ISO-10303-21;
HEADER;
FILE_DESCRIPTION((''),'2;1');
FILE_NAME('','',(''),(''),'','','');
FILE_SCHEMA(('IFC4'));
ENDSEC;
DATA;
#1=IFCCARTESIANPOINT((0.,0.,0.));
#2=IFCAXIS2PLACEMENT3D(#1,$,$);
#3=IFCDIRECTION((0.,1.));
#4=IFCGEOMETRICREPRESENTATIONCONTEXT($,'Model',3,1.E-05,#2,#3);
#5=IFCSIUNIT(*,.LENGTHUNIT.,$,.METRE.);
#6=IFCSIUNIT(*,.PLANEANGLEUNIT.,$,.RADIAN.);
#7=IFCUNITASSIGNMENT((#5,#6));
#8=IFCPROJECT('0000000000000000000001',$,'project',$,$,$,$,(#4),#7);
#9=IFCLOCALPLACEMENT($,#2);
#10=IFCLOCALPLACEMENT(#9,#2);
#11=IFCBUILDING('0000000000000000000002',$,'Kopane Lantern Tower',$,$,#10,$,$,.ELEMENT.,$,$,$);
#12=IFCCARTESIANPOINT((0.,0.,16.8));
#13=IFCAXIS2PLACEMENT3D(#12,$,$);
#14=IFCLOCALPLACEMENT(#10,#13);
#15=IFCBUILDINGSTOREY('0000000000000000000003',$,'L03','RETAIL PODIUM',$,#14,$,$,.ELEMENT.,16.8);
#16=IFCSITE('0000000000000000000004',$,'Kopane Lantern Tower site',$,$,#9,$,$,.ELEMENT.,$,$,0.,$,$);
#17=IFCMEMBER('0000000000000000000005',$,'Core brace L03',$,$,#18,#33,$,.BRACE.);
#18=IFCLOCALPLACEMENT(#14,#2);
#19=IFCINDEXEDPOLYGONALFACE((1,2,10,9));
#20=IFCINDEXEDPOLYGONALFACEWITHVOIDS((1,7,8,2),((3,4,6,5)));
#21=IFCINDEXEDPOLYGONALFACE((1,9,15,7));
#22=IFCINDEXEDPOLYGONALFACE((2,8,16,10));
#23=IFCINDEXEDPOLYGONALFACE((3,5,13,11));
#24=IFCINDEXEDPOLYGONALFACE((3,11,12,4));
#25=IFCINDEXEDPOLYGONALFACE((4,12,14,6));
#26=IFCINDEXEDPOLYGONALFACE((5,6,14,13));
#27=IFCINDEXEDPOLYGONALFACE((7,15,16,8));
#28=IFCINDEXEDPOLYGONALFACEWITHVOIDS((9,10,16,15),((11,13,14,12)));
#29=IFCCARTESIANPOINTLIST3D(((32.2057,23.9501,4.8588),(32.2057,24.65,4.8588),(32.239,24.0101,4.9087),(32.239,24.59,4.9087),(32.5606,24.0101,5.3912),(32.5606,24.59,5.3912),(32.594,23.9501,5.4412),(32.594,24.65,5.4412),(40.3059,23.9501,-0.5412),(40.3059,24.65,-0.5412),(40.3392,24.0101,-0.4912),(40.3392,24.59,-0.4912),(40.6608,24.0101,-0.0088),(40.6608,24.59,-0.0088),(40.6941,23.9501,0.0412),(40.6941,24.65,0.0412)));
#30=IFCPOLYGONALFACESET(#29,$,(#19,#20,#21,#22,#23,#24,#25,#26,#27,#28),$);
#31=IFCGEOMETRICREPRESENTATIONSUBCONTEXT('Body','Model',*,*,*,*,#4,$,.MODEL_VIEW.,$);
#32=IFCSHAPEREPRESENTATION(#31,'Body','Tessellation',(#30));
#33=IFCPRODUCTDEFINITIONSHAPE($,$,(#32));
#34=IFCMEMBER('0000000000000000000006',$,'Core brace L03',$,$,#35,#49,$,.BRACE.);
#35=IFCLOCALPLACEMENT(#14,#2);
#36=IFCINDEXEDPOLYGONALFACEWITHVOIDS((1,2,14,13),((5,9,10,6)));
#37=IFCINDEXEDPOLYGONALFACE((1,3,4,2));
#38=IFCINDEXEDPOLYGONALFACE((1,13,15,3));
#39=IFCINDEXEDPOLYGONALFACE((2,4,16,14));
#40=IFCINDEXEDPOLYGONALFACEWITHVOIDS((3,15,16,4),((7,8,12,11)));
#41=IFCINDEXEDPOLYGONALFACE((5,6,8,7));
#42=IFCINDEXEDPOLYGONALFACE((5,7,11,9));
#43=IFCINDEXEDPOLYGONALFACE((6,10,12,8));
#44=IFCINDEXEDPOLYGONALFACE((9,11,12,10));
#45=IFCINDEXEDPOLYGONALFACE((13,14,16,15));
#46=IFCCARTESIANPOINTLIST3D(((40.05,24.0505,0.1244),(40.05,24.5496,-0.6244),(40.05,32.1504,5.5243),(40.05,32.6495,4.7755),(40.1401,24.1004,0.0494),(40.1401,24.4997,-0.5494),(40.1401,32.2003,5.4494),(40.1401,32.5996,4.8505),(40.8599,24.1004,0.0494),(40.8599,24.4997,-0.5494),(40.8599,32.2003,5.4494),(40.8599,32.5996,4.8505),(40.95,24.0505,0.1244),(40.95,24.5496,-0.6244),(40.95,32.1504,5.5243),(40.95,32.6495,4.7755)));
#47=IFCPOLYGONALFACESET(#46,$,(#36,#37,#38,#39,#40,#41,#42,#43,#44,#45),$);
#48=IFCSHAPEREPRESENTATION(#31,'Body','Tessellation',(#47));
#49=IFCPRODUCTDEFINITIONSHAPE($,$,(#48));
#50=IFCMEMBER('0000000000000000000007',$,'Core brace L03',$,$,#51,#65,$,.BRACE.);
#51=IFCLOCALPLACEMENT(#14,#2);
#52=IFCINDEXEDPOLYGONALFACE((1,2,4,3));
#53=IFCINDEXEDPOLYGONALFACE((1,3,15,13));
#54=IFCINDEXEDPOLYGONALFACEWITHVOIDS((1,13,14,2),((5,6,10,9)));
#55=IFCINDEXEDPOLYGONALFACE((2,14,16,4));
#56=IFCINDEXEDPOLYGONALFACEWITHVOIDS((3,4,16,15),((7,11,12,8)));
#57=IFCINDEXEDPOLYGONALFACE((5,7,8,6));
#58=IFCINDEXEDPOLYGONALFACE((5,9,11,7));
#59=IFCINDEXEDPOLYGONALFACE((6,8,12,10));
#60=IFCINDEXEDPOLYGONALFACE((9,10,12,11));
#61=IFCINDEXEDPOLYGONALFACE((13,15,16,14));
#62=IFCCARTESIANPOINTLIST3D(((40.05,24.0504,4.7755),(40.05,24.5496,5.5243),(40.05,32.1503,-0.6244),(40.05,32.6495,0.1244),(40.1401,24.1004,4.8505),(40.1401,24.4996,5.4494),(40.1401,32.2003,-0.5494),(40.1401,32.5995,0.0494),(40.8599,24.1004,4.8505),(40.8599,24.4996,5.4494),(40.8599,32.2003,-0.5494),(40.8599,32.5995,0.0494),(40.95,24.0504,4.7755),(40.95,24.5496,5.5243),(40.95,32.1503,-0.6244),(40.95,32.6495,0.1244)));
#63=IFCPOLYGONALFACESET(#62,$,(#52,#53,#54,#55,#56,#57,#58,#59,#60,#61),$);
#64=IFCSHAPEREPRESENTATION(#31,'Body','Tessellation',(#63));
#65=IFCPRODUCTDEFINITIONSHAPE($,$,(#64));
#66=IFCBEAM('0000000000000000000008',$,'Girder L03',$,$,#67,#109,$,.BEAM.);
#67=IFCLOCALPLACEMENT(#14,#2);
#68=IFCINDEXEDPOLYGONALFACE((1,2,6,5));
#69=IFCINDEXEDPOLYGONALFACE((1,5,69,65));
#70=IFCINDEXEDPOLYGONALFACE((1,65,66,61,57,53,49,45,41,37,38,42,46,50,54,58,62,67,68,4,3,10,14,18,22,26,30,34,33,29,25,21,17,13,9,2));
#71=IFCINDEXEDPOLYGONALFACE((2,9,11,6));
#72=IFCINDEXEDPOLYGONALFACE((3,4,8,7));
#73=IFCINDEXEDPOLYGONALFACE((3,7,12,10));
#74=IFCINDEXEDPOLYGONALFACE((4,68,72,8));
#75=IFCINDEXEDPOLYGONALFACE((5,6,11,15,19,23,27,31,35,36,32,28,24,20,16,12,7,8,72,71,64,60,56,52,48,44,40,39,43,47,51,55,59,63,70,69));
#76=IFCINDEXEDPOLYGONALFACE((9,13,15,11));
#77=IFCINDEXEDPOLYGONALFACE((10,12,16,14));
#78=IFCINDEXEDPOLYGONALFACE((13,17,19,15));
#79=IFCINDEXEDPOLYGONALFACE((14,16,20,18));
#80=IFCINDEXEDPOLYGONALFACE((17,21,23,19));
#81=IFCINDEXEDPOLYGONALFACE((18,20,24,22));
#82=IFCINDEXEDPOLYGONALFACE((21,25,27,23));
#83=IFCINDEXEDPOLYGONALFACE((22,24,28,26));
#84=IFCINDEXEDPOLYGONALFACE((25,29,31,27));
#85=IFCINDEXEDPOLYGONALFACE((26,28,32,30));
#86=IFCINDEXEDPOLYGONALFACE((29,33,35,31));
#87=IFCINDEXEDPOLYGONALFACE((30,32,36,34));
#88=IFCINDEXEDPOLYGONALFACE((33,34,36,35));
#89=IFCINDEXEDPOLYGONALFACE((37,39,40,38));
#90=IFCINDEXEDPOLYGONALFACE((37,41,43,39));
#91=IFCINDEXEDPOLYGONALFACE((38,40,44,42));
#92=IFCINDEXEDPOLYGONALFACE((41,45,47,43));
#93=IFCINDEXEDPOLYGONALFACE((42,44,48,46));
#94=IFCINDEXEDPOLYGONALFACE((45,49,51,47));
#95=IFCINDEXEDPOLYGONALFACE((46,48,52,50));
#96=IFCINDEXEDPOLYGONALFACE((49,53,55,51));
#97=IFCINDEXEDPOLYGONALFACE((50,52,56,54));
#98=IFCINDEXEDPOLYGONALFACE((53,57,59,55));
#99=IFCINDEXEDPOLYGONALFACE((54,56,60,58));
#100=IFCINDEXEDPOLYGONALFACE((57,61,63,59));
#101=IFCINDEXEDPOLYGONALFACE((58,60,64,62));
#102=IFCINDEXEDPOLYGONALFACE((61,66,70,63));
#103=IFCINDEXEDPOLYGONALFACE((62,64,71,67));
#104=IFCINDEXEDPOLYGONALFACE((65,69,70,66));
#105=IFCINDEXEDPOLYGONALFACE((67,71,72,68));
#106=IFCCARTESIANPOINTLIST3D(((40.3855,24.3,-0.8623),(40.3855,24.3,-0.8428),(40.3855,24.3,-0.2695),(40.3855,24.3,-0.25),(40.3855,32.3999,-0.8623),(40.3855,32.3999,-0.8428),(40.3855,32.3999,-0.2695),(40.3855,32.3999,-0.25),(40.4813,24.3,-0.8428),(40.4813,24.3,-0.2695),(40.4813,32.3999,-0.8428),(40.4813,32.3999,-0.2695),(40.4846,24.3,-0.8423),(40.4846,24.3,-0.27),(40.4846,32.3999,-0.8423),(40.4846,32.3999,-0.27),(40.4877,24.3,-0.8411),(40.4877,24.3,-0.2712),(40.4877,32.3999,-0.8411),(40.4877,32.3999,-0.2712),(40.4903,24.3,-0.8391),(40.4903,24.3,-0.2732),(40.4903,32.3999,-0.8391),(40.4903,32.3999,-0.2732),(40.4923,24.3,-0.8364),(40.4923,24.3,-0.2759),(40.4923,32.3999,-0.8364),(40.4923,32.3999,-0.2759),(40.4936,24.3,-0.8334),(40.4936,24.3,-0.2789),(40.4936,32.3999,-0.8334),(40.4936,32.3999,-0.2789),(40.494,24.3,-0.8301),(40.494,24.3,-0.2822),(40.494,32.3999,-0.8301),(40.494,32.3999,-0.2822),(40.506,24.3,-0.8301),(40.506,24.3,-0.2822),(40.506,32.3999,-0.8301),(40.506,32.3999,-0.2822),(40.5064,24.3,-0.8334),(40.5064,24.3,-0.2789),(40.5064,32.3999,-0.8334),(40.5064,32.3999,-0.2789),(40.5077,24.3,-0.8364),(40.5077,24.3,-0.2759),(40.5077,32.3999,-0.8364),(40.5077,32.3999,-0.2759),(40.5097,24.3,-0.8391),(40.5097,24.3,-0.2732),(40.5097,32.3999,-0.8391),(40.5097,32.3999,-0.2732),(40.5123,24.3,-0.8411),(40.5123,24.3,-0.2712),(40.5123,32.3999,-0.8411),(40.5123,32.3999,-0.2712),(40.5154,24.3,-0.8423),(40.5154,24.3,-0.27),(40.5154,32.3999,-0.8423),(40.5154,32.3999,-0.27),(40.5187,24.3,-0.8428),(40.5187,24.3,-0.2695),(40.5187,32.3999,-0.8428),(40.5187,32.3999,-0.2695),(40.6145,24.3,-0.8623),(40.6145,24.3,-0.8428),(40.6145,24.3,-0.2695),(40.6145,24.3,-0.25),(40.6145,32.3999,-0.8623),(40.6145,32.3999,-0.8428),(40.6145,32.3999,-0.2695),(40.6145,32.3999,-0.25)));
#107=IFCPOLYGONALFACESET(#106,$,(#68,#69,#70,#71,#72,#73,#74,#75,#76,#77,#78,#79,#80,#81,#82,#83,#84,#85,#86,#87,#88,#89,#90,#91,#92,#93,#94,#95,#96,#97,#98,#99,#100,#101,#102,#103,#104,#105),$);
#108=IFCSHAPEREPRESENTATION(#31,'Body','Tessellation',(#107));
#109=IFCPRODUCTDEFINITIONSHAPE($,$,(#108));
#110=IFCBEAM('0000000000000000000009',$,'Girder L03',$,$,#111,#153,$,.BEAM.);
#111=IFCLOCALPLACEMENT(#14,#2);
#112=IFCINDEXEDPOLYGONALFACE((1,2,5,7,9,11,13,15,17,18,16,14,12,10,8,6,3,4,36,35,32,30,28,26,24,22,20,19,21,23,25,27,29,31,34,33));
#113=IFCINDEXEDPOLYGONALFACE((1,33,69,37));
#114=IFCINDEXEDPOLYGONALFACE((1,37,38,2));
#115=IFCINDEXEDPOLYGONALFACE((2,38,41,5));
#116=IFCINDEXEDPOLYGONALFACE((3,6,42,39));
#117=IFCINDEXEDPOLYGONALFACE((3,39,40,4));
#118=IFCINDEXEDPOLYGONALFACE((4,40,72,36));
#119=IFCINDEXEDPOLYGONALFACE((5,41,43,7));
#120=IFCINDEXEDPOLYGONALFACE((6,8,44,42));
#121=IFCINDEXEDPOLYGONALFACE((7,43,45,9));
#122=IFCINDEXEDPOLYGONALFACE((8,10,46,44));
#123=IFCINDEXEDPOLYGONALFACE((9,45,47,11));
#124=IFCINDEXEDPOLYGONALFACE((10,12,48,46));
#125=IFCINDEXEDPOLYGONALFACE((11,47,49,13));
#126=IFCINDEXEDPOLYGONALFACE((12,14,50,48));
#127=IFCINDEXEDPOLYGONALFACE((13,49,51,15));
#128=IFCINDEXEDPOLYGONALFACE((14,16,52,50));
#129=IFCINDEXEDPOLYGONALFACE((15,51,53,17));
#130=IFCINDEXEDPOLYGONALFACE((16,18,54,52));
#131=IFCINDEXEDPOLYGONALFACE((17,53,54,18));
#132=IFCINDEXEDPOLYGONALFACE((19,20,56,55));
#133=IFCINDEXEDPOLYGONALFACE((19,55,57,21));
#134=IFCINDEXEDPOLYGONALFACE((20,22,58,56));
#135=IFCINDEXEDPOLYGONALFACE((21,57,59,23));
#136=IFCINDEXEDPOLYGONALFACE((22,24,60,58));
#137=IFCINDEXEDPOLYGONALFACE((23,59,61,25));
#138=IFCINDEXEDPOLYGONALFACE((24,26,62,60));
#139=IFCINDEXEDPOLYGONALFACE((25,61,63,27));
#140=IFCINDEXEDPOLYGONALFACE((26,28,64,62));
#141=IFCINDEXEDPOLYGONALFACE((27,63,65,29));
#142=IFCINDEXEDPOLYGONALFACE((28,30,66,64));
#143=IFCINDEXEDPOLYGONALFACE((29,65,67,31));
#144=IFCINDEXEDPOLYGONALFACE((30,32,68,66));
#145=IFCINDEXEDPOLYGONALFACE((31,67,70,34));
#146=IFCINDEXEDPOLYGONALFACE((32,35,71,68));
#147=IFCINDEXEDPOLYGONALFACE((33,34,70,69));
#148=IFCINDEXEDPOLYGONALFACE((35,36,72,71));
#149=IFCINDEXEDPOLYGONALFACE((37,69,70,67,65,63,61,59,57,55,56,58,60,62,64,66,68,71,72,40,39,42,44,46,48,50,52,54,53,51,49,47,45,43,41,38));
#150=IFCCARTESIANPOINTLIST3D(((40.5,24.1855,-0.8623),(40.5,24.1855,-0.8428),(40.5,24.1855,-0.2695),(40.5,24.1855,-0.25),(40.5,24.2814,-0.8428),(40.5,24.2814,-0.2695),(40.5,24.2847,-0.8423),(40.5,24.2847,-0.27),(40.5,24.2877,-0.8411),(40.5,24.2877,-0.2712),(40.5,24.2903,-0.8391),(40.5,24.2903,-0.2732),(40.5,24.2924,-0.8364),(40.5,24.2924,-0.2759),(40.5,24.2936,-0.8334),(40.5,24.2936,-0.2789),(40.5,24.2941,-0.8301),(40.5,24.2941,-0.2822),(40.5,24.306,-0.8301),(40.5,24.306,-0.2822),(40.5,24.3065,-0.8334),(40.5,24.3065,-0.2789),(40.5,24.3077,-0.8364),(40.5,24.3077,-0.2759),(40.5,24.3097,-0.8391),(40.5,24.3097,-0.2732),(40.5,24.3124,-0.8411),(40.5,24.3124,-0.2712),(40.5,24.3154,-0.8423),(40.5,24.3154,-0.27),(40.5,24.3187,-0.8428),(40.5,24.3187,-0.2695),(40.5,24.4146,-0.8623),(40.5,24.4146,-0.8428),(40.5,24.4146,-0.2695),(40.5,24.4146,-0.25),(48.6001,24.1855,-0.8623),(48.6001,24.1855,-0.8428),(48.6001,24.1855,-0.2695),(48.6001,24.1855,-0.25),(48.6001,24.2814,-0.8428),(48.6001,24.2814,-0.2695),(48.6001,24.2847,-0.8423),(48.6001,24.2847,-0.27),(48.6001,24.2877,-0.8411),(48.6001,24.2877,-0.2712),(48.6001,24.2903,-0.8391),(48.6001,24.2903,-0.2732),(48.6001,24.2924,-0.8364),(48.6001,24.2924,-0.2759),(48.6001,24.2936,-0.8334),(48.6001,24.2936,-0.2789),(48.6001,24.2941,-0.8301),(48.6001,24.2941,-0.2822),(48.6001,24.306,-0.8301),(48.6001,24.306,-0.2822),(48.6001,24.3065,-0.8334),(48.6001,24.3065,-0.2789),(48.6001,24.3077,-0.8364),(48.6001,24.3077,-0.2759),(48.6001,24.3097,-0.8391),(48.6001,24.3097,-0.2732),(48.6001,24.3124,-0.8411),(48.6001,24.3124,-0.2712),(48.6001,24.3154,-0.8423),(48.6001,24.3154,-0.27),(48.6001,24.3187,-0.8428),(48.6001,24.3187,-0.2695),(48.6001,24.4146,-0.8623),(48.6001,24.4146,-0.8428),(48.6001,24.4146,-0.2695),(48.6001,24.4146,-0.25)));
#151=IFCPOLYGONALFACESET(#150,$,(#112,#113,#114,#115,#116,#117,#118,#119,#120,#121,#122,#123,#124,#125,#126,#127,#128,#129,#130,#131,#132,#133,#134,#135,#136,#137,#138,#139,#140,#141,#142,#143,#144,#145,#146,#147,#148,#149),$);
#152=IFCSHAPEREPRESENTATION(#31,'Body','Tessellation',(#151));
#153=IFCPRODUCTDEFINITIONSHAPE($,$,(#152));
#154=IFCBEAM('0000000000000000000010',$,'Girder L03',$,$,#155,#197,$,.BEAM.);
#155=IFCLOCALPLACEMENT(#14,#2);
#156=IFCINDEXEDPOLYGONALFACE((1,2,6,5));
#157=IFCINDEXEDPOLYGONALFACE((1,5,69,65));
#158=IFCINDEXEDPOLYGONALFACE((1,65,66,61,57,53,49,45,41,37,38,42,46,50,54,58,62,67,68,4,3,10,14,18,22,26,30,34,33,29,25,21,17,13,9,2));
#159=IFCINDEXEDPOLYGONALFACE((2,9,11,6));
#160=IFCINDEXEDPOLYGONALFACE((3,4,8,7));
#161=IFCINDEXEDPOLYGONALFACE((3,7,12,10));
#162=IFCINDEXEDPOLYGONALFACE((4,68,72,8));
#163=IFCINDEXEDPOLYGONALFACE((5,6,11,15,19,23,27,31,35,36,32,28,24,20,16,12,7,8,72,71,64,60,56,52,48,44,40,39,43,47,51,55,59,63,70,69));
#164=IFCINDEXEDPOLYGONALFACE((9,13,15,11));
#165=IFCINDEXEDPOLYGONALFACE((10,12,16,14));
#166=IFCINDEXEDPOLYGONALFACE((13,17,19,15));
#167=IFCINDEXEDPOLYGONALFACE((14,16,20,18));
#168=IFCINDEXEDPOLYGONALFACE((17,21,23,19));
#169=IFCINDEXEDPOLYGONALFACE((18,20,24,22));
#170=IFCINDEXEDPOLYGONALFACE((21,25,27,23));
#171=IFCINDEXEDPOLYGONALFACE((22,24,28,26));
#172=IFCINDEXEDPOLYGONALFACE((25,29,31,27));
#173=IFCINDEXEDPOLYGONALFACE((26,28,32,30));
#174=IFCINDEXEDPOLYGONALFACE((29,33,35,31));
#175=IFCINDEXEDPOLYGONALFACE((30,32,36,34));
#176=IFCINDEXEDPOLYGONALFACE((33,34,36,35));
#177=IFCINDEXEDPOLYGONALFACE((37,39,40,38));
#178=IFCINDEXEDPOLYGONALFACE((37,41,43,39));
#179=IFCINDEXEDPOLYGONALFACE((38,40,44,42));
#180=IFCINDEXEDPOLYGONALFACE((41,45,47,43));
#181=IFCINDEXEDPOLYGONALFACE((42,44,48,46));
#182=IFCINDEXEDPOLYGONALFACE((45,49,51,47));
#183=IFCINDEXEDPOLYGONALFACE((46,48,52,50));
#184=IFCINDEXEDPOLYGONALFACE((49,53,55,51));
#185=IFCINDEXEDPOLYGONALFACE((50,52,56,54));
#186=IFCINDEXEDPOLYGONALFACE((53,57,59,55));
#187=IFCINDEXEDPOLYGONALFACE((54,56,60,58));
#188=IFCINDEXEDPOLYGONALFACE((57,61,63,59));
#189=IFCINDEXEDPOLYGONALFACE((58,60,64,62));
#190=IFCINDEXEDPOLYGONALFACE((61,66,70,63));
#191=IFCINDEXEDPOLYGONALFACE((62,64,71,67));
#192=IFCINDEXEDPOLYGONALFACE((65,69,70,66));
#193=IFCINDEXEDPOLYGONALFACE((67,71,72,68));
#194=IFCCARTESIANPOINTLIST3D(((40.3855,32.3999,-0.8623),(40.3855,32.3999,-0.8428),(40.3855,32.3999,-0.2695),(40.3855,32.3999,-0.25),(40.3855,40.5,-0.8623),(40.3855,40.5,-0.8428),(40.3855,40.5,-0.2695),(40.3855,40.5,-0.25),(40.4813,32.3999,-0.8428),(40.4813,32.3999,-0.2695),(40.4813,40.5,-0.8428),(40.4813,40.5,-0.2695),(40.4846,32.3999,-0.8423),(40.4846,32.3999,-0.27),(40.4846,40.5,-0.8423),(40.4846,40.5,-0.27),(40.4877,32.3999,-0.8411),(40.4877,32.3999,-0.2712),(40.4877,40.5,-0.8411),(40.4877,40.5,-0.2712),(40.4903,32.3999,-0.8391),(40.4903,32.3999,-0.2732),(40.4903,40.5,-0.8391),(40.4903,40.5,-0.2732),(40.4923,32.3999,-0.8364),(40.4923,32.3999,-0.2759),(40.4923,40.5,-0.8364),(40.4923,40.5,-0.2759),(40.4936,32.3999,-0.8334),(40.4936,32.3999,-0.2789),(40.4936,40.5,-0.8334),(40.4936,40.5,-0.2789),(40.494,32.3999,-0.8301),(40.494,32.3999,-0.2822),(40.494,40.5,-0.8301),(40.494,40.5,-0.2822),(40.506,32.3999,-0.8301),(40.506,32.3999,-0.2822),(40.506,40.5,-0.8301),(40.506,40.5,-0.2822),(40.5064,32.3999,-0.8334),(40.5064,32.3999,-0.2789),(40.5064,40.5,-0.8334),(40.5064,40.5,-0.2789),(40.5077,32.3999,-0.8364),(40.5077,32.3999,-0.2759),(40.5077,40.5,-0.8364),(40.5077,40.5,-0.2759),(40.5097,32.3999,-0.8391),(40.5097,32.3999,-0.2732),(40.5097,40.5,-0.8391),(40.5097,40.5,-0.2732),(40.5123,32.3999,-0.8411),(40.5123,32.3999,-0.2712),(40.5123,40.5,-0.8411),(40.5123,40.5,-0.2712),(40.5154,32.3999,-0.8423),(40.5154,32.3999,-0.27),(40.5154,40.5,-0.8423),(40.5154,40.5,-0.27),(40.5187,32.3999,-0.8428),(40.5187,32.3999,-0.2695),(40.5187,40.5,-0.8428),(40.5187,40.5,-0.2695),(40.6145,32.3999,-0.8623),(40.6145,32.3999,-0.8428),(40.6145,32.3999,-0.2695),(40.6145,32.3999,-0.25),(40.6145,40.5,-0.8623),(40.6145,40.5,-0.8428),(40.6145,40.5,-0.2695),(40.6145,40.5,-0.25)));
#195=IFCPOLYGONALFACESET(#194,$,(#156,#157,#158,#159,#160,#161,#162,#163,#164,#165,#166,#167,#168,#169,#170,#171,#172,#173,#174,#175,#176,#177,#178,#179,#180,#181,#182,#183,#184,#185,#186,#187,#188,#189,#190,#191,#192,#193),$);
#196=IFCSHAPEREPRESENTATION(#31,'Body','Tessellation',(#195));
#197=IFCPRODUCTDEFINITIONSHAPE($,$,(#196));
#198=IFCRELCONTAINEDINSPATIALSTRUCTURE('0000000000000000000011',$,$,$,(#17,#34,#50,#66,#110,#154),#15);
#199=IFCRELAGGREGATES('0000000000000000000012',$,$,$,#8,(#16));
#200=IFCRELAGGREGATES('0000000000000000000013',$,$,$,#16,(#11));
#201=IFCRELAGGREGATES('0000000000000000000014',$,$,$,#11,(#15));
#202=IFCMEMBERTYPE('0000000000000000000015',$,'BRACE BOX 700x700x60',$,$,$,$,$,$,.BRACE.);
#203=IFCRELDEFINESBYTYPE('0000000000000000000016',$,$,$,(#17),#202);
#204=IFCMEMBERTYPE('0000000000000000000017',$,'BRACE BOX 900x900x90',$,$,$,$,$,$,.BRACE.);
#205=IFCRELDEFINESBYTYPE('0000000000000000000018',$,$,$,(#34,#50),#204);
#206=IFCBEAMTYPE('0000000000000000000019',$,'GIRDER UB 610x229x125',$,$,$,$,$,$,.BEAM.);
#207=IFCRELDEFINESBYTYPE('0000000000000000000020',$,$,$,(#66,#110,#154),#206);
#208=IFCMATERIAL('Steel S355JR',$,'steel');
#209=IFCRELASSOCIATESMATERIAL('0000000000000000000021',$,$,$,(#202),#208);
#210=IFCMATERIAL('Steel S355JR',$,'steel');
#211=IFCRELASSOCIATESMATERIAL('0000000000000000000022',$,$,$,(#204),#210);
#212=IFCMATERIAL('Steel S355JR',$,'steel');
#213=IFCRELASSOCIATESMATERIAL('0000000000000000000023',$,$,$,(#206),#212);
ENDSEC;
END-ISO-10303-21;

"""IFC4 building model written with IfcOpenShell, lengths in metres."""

from ifc_helpers import new_model, si_unit, direction, frame, origin, origin_2d, place, context, subcontext, project, spatial, hollow_rectangle, i_section, extrude, material, material_profile, profile_set, type_object, element, save


model = new_model("IFC4")

# Units and contexts
model_context = context("Model", 3, precision=1e-05, world=origin(), true_north=direction((0.0, 1.0)))
body_context = subcontext(model_context, "Body", "Model", "MODEL_VIEW")
ifc_project = project(units=[si_unit("LENGTHUNIT", "METRE"), si_unit("PLANEANGLEUNIT", "RADIAN")], contexts=[model_context])

# Site, building, storey
site_placement = place(None, origin())
site = spatial("IfcSite", under=ifc_project, at=site_placement, Name="Kopane Lantern Tower site", CompositionType="ELEMENT", RefElevation=0.0)
building_placement = place(site_placement, origin())
building = spatial("IfcBuilding", under=site, at=building_placement, Name="Kopane Lantern Tower", CompositionType="ELEMENT")
storey_placement = place(building_placement, frame((0.0, 0.0, 16.8)))
storey = spatial("IfcBuildingStorey", under=building, at=storey_placement, Name="L03", Description="RETAIL PODIUM", CompositionType="ELEMENT", Elevation=16.8)

# Members
ifc_material_1 = material(Name="Steel S355JR", Category="steel")
ifc_material_profile_1 = material_profile(ifc_material_1, hollow_rectangle(XDim=0.7, YDim=0.7, WallThickness=0.0601, at=origin_2d()), Name="BOX 700x700x60")
ifc_profile_set_1 = profile_set([ifc_material_profile_1], Name="Steel S355JR")
member_type_1 = type_object("IfcMemberType", Name="BRACE BOX 700x700x60", PredefinedType="BRACE", material=ifc_profile_set_1)
member_placement = place(storey_placement, frame((40.5, 24.3, -0.25), z_axis=(-0.832058, 0.0, 0.554689), x_axis=(0.0, -1.0, 0.0)))
element("IfcMember", 1, at=member_placement, inside=storey, type_object=member_type_1, Name="Core brace L03", PredefinedType="BRACE", context=body_context, shape_type="SweptSolid", body=[
    extrude(hollow_rectangle(XDim=0.7, YDim=0.7, WallThickness=0.0601, at=origin_2d()), origin(), (0.0, 0.0, 1.0), 9.7351),
])
ifc_material_2 = material(Name="Steel S355JR", Category="steel")
ifc_material_profile_2 = material_profile(ifc_material_2, hollow_rectangle(XDim=0.8999, YDim=0.8999, WallThickness=0.0901, at=origin_2d()), Name="BOX 900x900x90")
ifc_profile_set_2 = profile_set([ifc_material_profile_2], Name="Steel S355JR")
member_type_2 = type_object("IfcMemberType", Name="BRACE BOX 900x900x90", PredefinedType="BRACE", material=ifc_profile_set_2)
for number, where, z_axis, x_axis, name in (
    (2, (40.5, 24.3, -0.25), (0.0, 0.83205, 0.5547), (-1.0, 0.0, 0.0), "Core brace L03"),
    (3, (40.5, 32.3999, -0.25), (0.0, -0.83205, 0.5547), (1.0, 0.0, 0.0), "Core brace L03"),
):
    element("IfcMember", number, at=place(storey_placement, frame(where, z_axis=z_axis, x_axis=x_axis)), inside=storey, type_object=member_type_2, Name=name, PredefinedType="BRACE", context=body_context, shape_type="SweptSolid", body=[
        extrude(hollow_rectangle(XDim=0.8999, YDim=0.8999, WallThickness=0.0901, at=origin_2d()), origin(), (0.0, 0.0, 1.0), 9.7349),
    ])

# Beams
ifc_material_3 = material(Name="Steel S355JR", Category="steel")
ifc_material_profile_3 = material_profile(ifc_material_3, i_section(OverallWidth=0.229, OverallDepth=0.6123, WebThickness=0.012, FlangeThickness=0.0195, FilletRadius=0.0127, at=origin_2d()), Name="UB 610x229x125")
ifc_profile_set_3 = profile_set([ifc_material_profile_3], Name="Steel S355JR")
beam_type = type_object("IfcBeamType", Name="GIRDER UB 610x229x125", PredefinedType="BEAM", material=ifc_profile_set_3)
beam_1_placement = place(storey_placement, frame((40.5, 24.3, -0.5562), z_axis=(0.0, 1.0, 0.0), x_axis=(-1.0, 0.0, 0.0)))
element("IfcBeam", 4, at=beam_1_placement, inside=storey, type_object=beam_type, Name="Girder L03", PredefinedType="BEAM", context=body_context, shape_type="SweptSolid", body=[
    extrude(i_section(OverallWidth=0.229, OverallDepth=0.6123, WebThickness=0.012, FlangeThickness=0.0195, FilletRadius=0.0127, at=origin_2d()), origin(), (0.0, 0.0, 1.0), 8.0999),
])
for number, where, z_axis, x_axis, name in (
    (5, (40.5, 24.3, -0.5562), (1.0, 0.0, 0.0), (0.0, 1.0, 0.0), "Girder L03"),
    (6, (40.5, 32.3999, -0.5562), (0.0, 1.0, 0.0), (-1.0, 0.0, 0.0), "Girder L03"),
):
    element("IfcBeam", number, at=place(storey_placement, frame(where, z_axis=z_axis, x_axis=x_axis)), inside=storey, type_object=beam_type, Name=name, PredefinedType="BEAM", context=body_context, shape_type="SweptSolid", body=[
        extrude(i_section(OverallWidth=0.229, OverallDepth=0.6123, WebThickness=0.012, FlangeThickness=0.0195, FilletRadius=0.0127, at=origin_2d()), origin(), (0.0, 0.0, 1.0), 8.1001),
    ])

save(model, "model.ifc")
